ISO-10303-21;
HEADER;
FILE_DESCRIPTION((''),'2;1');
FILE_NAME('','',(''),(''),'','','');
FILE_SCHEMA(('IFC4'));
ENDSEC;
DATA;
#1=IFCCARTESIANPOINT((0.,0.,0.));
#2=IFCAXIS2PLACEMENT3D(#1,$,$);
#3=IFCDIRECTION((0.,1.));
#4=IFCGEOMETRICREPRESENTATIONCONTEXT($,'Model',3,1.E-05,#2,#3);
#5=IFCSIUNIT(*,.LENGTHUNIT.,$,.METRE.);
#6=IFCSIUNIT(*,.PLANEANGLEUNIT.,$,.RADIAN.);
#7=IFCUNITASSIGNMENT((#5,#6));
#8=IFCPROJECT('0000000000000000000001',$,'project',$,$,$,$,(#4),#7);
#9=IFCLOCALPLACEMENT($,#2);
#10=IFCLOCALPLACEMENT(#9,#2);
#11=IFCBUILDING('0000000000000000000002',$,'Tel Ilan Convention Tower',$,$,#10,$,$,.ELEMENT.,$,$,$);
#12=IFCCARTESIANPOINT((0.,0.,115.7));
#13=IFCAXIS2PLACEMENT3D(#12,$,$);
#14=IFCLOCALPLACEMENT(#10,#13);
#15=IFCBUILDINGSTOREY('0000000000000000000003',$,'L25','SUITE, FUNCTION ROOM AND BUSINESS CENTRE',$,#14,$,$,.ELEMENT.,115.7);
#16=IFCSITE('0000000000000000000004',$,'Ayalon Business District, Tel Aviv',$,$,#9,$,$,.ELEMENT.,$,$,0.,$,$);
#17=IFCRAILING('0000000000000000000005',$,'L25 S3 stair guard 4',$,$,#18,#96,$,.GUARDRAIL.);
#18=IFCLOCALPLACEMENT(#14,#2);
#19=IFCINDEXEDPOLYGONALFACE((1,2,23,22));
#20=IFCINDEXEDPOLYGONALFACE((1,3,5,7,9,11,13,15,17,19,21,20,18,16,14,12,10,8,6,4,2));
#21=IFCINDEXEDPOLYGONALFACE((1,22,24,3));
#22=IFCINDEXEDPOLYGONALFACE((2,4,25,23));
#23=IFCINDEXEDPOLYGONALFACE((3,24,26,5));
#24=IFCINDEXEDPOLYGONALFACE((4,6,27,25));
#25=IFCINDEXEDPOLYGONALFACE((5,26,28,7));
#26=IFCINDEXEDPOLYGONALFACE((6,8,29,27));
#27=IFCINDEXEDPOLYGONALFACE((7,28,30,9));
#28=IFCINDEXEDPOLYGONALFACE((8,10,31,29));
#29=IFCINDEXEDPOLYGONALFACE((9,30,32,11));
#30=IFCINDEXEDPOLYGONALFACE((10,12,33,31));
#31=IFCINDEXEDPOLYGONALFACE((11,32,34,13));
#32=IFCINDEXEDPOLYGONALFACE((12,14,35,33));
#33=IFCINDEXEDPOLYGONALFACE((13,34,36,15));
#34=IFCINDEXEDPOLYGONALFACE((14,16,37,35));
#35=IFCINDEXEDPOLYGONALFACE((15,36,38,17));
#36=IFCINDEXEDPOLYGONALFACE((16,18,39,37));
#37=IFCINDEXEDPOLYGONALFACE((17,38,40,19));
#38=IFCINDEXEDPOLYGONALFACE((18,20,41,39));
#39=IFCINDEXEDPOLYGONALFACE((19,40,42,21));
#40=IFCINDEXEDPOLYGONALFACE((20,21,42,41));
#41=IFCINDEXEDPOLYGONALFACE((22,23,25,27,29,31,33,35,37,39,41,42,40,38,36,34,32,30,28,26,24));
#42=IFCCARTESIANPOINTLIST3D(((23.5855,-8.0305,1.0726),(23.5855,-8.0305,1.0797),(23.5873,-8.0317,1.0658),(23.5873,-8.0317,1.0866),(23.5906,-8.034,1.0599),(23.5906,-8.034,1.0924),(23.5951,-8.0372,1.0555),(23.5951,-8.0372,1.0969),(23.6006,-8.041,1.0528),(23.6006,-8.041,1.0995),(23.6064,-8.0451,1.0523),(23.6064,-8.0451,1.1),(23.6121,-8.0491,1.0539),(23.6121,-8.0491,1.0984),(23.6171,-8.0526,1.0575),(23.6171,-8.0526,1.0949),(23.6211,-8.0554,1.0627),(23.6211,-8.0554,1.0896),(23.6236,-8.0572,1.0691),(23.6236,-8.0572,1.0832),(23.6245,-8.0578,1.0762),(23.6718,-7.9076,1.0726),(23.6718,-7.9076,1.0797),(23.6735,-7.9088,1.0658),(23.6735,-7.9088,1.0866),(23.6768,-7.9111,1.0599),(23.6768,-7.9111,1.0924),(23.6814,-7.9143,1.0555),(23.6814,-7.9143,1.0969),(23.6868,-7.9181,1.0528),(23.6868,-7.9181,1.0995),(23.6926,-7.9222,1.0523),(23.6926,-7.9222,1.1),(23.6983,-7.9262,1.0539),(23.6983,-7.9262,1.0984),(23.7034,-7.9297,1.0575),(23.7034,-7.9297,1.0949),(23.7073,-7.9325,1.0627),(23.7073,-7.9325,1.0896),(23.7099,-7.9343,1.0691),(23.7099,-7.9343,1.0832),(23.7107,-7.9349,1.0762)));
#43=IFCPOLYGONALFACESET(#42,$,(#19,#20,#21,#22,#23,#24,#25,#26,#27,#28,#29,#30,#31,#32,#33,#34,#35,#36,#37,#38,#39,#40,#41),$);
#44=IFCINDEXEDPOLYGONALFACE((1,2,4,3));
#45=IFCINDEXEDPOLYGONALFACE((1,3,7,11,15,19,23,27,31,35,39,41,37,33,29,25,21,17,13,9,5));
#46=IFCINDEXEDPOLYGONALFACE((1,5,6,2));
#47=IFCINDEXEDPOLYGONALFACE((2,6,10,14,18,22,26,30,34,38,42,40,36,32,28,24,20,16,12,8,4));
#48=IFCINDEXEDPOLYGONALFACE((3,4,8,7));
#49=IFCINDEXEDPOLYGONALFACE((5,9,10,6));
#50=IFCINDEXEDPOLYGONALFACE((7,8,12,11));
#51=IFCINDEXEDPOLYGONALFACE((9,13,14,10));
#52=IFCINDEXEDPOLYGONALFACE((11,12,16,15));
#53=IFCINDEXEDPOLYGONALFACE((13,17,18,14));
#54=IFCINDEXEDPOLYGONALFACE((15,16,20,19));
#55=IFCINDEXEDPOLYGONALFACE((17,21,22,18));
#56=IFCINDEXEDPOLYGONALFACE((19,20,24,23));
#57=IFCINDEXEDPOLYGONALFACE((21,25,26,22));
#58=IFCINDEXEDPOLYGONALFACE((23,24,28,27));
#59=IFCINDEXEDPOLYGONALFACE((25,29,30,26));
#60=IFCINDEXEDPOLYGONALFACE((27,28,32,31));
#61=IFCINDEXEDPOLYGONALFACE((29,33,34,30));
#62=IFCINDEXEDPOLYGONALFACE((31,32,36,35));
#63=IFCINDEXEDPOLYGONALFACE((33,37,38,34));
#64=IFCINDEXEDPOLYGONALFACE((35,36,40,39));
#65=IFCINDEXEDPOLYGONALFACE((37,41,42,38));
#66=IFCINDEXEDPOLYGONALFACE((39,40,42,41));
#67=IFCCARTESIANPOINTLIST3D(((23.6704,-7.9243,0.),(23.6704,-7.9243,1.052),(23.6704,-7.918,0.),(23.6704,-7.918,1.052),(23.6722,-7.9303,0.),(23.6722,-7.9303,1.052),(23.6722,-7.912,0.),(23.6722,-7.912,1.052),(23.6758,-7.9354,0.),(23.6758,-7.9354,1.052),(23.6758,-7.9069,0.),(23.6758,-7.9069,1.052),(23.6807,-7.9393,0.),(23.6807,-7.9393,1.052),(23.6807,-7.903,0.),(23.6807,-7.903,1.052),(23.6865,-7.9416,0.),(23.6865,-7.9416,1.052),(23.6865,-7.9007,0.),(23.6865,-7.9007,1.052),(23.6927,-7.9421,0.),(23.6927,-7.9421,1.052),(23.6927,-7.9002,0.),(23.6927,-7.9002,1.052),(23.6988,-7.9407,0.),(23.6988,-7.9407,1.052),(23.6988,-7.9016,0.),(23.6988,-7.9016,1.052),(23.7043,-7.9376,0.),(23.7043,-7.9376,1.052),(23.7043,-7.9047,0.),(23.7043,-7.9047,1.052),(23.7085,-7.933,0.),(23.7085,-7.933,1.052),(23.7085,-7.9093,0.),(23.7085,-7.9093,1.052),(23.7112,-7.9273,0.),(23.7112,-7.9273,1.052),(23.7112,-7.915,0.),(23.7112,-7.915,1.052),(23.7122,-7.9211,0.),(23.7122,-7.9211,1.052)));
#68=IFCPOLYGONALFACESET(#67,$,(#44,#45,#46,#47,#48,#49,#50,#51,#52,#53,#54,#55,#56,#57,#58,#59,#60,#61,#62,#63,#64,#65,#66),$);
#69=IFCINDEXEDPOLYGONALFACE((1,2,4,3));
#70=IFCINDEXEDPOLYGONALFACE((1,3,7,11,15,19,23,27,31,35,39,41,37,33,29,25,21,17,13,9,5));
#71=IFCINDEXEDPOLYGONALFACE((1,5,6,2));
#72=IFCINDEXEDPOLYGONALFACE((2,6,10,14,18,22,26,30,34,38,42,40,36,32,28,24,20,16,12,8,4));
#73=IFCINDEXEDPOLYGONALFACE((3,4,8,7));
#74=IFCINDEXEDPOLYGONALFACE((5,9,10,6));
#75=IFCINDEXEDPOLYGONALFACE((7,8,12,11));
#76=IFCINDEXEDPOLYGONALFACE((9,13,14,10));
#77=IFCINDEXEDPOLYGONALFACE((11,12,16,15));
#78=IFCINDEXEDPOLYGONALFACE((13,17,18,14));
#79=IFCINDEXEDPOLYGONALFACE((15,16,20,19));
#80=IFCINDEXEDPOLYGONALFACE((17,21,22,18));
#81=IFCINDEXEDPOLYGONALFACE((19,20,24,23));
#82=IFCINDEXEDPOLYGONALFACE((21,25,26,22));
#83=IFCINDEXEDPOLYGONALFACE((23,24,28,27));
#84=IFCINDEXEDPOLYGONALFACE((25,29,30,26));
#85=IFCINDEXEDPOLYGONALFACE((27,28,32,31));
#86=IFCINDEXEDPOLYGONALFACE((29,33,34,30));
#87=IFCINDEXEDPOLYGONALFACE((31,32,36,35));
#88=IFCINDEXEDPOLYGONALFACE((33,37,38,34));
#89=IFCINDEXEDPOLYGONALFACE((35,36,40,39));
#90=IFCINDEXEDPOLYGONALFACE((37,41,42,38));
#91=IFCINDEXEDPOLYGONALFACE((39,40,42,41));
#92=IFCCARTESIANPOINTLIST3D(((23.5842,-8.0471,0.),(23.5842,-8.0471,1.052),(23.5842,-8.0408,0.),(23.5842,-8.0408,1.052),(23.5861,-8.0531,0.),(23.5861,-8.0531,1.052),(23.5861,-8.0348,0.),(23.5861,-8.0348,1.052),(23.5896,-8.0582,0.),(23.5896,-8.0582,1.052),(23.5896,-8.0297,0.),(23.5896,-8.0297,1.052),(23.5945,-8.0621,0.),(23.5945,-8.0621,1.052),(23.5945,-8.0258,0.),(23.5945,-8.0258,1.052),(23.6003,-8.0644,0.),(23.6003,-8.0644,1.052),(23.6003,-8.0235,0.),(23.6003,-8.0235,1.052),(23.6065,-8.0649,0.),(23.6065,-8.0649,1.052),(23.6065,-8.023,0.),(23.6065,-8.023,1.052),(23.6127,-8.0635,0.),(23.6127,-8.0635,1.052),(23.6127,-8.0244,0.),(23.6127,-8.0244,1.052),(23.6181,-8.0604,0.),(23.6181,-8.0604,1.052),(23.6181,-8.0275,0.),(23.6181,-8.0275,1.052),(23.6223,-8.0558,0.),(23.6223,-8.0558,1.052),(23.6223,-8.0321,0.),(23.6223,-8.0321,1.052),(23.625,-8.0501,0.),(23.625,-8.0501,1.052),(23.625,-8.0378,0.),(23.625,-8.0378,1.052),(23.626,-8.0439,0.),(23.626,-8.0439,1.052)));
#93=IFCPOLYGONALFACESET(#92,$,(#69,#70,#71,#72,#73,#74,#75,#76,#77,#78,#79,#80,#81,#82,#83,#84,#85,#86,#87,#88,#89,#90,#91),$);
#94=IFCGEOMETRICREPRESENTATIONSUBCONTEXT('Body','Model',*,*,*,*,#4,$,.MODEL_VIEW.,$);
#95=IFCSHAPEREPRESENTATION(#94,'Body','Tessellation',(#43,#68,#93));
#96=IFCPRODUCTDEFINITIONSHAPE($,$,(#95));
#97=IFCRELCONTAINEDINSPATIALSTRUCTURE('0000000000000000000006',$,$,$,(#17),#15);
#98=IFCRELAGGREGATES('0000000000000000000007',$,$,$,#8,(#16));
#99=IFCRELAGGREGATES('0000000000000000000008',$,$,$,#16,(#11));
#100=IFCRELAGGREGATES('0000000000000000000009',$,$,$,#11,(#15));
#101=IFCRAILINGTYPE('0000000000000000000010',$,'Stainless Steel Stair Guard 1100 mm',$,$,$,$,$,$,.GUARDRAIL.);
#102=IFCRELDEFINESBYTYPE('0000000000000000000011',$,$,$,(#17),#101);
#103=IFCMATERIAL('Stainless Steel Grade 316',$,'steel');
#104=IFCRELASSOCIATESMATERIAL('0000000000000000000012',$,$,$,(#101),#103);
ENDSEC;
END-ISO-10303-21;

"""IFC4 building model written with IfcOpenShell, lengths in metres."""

from ifc_helpers import new_model, si_unit, direction, frame, origin, origin_2d, place, context, subcontext, project, spatial, circle, extrude, material, type_object, element, save


model = new_model("IFC4")

# Units and contexts
model_context = context("Model", 3, precision=1e-05, world=origin(), true_north=direction((0.0, 1.0)))
body_context = subcontext(model_context, "Body", "Model", "MODEL_VIEW")
ifc_project = project(units=[si_unit("LENGTHUNIT", "METRE"), si_unit("PLANEANGLEUNIT", "RADIAN")], contexts=[model_context])

# Site, building, storey
site_placement = place(None, origin())
site = spatial("IfcSite", under=ifc_project, at=site_placement, Name="Ayalon Business District, Tel Aviv", CompositionType="ELEMENT", RefElevation=0.0)
building_placement = place(site_placement, origin())
building = spatial("IfcBuilding", under=site, at=building_placement, Name="Tel Ilan Convention Tower", CompositionType="ELEMENT")
storey_placement = place(building_placement, frame((0.0, 0.0, 115.7)))
storey = spatial("IfcBuildingStorey", under=building, at=storey_placement, Name="L25", Description="SUITE, FUNCTION ROOM AND BUSINESS CENTRE", CompositionType="ELEMENT", Elevation=115.7)

# Railing
ifc_material_1 = material(Name="Stainless Steel Grade 316", Category="steel")
railing_type_1 = type_object("IfcRailingType", Name="Stainless Steel Stair Guard 1100 mm", PredefinedType="GUARDRAIL", material=ifc_material_1)
railing_1_placement = place(storey_placement, frame((23.6912, -7.9211, 0.0)))
element("IfcRailing", 1, at=railing_1_placement, inside=storey, type_object=railing_type_1, Name="L25 S3 stair guard 4", PredefinedType="GUARDRAIL", context=body_context, shape_type="SweptSolid", body=[
    extrude(circle(Radius=0.0239, at=origin_2d()), frame((0.0, 0.0, 1.0762), z_axis=(-0.574445, -0.818543, 0.0), x_axis=(0.818543, -0.574445, 0.0)), (0.0, 0.0, 1.0), 0.1501),
    extrude(circle(Radius=0.021, at=origin_2d()), origin(), (0.0, 0.0, 1.0), 1.052),
    extrude(circle(Radius=0.021, at=origin_2d()), frame((-0.0862, -0.1228, 0.0)), (0.0, 0.0, 1.0), 1.052),
])

save(model, "model.ifc")
